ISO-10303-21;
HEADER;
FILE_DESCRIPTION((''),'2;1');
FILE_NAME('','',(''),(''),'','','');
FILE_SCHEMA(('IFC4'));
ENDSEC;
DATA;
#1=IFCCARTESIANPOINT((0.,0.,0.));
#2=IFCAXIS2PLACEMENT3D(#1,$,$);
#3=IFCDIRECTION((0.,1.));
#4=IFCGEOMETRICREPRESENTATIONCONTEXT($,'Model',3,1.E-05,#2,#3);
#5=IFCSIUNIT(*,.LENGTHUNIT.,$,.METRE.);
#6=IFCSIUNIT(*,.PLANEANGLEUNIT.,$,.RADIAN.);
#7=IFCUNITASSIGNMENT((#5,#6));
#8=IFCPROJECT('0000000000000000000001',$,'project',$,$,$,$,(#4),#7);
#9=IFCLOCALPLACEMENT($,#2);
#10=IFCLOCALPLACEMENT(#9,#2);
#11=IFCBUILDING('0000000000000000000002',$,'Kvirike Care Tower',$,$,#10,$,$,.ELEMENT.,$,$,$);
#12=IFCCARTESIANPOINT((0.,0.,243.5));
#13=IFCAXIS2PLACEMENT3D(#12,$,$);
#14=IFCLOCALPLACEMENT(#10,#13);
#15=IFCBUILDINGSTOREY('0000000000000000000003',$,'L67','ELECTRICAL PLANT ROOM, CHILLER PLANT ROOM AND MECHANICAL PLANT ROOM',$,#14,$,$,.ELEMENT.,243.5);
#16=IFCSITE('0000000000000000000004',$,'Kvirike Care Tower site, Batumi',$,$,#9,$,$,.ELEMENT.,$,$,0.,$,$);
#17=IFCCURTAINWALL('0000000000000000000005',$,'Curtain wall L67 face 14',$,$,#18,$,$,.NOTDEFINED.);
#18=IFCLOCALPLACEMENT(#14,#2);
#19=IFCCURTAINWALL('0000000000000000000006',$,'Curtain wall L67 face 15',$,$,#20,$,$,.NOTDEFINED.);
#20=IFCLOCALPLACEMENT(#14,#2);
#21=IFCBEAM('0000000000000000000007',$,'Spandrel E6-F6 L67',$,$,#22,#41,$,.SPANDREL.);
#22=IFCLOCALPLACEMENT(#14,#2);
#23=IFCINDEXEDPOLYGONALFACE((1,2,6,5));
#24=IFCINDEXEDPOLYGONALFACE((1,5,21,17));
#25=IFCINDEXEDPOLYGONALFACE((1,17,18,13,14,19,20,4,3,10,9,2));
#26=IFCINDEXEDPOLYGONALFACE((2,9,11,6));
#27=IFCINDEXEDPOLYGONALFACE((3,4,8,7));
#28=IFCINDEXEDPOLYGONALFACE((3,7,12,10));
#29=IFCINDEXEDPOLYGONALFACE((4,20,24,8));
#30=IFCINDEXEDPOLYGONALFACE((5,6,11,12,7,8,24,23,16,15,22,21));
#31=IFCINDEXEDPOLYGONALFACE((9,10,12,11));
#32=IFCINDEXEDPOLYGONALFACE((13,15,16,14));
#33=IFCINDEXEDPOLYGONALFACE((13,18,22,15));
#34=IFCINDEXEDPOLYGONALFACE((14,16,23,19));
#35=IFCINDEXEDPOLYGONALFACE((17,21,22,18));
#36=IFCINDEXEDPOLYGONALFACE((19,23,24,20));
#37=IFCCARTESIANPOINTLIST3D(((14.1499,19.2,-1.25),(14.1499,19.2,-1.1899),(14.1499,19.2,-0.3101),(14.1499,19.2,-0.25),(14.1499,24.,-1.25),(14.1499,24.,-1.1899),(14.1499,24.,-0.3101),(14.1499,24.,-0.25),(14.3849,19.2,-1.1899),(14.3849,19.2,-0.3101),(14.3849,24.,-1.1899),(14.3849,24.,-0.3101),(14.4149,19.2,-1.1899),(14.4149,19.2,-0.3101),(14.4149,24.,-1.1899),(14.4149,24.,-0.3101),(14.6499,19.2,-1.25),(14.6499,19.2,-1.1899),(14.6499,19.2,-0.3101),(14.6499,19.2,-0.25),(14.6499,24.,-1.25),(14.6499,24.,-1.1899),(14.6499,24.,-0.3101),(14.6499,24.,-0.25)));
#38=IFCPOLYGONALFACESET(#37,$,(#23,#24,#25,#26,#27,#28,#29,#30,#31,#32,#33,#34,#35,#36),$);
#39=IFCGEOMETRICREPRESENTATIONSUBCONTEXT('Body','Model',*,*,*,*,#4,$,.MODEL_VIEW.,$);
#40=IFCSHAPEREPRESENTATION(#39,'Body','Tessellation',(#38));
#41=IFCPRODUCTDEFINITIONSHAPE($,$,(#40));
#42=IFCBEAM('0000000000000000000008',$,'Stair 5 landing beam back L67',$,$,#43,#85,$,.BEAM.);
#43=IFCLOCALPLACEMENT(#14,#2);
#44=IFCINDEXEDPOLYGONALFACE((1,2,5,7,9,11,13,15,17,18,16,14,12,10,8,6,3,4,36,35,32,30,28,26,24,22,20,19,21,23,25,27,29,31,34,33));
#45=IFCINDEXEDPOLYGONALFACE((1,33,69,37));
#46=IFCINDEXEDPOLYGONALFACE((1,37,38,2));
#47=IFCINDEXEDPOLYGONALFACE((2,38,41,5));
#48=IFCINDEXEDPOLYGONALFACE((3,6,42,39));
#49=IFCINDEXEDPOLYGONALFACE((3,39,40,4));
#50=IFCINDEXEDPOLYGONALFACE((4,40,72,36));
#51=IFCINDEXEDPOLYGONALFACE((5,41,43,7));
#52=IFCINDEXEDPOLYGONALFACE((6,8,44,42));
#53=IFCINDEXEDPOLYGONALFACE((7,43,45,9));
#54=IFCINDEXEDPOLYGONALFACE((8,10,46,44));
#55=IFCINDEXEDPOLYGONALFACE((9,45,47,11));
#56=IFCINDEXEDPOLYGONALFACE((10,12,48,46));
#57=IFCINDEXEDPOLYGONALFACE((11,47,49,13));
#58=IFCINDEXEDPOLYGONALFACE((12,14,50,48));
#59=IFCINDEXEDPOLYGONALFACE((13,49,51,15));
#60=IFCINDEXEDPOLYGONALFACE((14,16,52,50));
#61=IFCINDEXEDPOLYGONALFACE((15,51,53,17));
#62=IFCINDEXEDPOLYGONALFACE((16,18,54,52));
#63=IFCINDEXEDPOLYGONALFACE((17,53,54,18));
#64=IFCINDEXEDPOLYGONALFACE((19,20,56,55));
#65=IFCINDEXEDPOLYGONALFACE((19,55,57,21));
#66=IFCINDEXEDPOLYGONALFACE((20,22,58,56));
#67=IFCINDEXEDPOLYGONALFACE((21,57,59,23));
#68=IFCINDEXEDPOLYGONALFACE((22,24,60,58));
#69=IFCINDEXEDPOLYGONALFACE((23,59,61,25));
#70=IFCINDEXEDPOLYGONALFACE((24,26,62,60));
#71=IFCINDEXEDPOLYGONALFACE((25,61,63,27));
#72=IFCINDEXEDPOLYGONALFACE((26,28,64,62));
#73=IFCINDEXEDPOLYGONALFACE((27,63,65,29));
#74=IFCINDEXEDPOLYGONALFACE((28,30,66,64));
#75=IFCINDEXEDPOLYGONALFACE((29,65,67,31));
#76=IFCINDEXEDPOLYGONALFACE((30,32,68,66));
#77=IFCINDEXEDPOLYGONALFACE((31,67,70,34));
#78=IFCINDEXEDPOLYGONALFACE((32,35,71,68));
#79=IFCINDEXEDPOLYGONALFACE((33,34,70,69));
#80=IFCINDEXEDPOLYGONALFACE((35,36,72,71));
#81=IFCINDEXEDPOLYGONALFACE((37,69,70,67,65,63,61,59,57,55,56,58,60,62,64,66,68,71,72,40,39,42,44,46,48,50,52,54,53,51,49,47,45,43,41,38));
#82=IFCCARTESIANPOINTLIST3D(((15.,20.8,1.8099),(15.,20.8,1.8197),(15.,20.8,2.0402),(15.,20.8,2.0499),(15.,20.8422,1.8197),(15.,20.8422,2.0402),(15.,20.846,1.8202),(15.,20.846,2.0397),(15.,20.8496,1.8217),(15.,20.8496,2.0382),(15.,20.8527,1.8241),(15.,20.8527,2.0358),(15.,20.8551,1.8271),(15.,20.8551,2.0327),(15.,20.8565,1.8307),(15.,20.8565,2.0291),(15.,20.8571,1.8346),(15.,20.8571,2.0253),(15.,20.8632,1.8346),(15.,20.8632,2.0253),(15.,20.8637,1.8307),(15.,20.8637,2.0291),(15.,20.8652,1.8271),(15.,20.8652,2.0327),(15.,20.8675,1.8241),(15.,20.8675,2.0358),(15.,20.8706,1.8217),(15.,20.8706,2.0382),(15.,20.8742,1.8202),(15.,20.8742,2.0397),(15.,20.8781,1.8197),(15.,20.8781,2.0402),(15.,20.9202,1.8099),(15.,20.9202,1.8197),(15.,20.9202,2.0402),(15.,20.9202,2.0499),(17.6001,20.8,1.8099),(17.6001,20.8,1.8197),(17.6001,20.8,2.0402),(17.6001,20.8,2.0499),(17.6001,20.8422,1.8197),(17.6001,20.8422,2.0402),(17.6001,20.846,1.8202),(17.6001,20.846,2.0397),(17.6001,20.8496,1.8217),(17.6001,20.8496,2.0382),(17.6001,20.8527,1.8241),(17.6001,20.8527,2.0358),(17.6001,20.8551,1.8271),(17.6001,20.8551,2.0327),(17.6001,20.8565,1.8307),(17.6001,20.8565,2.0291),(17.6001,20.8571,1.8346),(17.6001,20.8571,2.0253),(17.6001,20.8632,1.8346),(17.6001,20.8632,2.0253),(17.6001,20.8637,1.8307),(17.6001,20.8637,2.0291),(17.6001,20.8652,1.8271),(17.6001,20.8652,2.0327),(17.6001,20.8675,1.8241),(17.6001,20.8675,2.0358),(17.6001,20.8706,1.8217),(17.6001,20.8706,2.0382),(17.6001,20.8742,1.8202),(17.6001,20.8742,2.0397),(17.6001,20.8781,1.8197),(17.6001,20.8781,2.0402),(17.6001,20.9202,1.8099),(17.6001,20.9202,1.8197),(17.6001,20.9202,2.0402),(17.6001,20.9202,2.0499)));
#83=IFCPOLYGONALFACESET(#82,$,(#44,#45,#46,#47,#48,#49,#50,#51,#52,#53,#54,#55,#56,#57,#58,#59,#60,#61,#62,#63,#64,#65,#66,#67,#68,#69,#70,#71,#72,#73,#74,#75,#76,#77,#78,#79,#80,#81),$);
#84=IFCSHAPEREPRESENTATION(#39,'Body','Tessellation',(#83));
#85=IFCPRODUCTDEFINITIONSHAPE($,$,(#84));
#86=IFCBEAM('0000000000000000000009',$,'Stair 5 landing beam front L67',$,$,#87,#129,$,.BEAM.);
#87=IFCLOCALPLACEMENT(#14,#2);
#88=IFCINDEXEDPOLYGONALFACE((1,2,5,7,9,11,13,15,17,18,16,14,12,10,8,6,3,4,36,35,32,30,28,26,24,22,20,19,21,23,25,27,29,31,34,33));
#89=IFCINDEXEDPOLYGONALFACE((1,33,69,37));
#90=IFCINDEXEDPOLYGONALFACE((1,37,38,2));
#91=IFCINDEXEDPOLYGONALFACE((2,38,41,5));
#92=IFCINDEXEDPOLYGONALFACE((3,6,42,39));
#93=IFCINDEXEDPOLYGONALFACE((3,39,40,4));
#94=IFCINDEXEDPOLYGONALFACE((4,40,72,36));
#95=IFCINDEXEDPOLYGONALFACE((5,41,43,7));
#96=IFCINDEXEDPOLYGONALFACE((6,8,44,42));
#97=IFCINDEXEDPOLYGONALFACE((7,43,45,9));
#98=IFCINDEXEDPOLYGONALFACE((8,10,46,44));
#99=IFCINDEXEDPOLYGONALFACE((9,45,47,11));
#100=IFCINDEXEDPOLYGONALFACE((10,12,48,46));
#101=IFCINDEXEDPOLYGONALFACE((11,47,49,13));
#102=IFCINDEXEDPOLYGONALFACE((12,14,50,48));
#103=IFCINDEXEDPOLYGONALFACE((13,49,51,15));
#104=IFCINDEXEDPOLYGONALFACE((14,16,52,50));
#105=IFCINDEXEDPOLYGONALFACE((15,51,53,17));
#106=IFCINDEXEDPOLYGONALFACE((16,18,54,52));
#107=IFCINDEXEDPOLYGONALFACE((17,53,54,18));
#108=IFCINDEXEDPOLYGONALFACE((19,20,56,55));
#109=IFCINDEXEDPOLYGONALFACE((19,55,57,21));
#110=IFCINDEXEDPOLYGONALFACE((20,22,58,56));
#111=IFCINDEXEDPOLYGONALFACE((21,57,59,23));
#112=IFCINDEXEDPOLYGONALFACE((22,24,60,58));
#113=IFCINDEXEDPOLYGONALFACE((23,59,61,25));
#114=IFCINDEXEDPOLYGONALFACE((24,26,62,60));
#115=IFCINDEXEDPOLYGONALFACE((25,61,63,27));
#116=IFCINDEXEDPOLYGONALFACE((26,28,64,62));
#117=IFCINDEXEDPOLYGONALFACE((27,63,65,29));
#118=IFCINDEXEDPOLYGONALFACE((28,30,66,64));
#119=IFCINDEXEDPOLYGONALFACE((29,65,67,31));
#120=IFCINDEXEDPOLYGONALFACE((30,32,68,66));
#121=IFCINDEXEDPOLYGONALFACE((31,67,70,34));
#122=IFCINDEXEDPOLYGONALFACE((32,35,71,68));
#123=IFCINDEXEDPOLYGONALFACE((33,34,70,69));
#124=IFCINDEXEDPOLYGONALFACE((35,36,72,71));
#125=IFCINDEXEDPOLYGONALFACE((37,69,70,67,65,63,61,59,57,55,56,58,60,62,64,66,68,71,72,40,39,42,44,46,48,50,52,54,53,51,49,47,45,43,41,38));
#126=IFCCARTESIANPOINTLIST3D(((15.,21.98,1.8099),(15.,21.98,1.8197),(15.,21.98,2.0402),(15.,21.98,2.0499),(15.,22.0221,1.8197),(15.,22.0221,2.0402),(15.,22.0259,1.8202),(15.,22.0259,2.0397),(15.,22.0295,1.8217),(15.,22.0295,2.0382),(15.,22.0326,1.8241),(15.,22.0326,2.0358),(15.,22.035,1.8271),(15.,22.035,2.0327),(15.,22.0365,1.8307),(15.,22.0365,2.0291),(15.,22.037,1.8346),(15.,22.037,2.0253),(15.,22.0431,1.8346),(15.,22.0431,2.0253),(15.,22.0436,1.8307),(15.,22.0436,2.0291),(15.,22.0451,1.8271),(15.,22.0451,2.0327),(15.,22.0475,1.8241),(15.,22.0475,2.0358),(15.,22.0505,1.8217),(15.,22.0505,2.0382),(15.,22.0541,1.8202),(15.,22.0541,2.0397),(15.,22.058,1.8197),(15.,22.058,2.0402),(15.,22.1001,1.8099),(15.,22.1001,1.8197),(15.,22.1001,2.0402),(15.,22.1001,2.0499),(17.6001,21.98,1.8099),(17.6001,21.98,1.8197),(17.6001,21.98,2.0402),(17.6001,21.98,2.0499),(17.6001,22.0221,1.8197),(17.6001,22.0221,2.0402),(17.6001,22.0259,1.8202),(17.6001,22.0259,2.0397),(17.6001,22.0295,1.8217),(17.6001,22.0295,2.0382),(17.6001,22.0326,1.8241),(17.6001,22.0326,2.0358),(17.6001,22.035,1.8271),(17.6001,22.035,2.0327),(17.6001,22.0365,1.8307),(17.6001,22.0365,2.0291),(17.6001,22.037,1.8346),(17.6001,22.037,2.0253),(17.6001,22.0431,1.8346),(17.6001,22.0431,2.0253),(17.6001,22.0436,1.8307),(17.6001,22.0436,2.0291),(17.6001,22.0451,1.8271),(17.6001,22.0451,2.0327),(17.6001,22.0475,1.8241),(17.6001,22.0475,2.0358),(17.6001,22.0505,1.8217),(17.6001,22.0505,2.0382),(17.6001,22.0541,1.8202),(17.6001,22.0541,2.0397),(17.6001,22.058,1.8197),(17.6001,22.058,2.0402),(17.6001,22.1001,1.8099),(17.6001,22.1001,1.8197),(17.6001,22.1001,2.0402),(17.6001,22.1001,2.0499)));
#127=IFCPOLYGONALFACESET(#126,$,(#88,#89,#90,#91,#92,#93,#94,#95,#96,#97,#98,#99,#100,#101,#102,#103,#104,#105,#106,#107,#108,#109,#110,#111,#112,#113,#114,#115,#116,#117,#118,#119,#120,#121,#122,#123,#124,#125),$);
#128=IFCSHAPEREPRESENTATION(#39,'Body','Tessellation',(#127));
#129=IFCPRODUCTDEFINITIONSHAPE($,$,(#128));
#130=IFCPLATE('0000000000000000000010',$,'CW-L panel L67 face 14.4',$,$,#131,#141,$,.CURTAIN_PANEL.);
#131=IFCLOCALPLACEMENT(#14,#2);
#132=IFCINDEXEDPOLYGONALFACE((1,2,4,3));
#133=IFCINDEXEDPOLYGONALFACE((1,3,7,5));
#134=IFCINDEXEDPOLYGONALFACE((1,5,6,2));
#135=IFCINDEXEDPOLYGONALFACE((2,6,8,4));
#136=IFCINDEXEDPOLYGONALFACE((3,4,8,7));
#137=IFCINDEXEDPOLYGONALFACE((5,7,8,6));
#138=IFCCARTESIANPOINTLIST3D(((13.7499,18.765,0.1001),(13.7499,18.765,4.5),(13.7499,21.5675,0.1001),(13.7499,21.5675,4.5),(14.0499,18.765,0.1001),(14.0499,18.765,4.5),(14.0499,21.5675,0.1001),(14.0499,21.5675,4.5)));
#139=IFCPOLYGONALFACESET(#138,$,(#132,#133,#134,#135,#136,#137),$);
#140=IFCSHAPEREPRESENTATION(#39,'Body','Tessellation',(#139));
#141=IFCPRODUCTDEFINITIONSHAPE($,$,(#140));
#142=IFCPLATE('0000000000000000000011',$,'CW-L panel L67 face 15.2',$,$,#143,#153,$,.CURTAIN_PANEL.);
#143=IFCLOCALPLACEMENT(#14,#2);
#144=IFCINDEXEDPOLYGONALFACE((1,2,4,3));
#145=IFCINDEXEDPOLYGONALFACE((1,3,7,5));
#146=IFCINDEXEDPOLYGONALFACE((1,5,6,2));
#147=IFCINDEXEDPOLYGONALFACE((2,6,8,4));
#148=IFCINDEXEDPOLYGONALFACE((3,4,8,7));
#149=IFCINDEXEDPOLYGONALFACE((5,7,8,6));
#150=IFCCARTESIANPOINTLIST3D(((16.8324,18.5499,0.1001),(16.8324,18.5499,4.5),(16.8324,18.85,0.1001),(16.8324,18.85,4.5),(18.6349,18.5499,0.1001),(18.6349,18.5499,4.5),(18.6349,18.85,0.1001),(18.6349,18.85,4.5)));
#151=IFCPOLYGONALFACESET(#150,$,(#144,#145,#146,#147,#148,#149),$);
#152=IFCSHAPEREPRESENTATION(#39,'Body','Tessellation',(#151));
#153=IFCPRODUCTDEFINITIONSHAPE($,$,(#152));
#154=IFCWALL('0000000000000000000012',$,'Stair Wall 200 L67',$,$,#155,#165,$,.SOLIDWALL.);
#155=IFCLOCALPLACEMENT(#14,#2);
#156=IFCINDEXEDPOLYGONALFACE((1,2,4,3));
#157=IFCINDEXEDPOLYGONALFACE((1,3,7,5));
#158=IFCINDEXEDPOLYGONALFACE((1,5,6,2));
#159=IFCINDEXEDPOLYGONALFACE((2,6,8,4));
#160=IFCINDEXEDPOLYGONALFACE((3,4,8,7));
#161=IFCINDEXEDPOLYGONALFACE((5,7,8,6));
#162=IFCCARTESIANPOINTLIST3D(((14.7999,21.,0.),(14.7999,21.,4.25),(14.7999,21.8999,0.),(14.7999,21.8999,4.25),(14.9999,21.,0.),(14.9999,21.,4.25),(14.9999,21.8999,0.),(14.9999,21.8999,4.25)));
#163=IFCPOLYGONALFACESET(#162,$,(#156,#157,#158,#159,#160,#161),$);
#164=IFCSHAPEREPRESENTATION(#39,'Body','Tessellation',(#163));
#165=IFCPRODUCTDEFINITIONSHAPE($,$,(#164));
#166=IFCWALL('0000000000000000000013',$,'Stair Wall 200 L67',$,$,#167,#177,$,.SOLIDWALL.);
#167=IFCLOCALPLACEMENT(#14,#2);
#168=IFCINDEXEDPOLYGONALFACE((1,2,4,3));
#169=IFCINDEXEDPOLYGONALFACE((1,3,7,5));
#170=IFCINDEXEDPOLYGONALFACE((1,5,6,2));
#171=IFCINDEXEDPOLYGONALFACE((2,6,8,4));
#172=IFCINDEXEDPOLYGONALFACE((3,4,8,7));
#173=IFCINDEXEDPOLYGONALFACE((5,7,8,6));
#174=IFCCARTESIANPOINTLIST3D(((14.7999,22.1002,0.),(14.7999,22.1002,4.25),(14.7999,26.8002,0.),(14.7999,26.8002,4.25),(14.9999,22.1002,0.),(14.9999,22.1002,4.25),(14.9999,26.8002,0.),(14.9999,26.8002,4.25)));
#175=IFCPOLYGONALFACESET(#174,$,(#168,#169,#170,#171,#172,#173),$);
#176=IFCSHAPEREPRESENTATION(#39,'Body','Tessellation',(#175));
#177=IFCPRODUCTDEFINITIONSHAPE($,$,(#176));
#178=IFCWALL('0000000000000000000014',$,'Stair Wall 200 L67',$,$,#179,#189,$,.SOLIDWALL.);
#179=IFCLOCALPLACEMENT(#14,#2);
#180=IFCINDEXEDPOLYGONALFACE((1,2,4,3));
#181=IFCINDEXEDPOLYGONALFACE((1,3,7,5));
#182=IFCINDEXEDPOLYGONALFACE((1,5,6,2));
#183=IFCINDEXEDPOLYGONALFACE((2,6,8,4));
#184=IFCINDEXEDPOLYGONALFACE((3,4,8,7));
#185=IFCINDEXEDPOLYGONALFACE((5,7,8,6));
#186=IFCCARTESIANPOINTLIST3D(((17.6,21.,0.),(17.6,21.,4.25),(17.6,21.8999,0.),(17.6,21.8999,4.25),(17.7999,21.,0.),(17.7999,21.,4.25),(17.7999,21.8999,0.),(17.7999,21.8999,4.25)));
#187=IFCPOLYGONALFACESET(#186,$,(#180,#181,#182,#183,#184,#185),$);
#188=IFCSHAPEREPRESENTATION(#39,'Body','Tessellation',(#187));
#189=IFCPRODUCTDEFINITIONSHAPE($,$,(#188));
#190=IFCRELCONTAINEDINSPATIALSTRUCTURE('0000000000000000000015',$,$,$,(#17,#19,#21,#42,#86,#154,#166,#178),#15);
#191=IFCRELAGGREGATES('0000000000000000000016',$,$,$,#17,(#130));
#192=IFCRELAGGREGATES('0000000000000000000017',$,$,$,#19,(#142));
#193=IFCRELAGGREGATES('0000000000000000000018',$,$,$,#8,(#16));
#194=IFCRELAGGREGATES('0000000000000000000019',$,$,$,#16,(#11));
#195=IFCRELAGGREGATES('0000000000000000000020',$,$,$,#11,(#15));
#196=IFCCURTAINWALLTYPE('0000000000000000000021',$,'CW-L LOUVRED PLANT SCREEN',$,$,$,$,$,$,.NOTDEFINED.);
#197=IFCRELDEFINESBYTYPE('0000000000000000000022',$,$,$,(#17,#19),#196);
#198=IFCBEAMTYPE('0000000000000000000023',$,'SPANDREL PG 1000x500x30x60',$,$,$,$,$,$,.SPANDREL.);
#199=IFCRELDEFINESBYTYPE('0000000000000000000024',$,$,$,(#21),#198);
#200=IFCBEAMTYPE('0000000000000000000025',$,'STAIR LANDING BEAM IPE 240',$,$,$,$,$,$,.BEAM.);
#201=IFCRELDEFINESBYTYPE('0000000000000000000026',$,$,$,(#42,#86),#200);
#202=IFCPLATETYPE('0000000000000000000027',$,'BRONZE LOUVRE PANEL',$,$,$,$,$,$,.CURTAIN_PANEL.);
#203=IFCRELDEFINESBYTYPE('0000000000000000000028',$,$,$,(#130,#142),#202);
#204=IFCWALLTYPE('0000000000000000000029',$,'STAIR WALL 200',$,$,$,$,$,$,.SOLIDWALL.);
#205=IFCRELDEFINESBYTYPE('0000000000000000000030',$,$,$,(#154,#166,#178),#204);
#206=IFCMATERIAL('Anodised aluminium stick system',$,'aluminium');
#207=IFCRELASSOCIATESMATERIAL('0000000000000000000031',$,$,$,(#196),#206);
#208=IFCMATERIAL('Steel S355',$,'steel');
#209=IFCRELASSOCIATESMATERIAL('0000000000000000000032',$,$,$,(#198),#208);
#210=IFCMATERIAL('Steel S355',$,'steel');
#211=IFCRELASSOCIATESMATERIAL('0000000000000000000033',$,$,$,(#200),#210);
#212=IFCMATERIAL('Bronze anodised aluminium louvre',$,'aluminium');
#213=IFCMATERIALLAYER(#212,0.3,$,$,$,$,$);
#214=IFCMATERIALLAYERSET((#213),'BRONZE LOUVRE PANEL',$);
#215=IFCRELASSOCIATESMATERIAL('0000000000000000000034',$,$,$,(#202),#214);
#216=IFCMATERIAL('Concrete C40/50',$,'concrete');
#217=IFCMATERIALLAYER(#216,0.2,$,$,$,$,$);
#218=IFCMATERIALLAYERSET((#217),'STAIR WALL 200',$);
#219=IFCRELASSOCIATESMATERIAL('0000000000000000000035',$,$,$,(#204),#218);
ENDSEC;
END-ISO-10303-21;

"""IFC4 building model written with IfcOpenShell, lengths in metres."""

from ifc_helpers import new_model, si_unit, direction, frame, frame_2d, origin, origin_2d, place, context, subcontext, project, spatial, rectangle, i_section, extrude, material, layer, layer_set, material_profile, profile_set, type_object, element, aggregate, save


model = new_model("IFC4")

# Units and contexts
model_context = context("Model", 3, precision=1e-05, world=origin(), true_north=direction((0.0, 1.0)))
body_context = subcontext(model_context, "Body", "Model", "MODEL_VIEW")
ifc_project = project(units=[si_unit("LENGTHUNIT", "METRE"), si_unit("PLANEANGLEUNIT", "RADIAN")], contexts=[model_context])

# Site, building, storey
site_placement = place(None, origin())
site = spatial("IfcSite", under=ifc_project, at=site_placement, Name="Kvirike Care Tower site, Batumi", CompositionType="ELEMENT", RefElevation=0.0)
building_placement = place(site_placement, origin())
building = spatial("IfcBuilding", under=site, at=building_placement, Name="Kvirike Care Tower", CompositionType="ELEMENT")
storey_placement = place(building_placement, frame((0.0, 0.0, 243.5)))
storey = spatial("IfcBuildingStorey", under=building, at=storey_placement, Name="L67", Description="ELECTRICAL PLANT ROOM, CHILLER PLANT ROOM AND MECHANICAL PLANT ROOM", CompositionType="ELEMENT", Elevation=243.5)

# Curtain walls
ifc_material_1 = material(Name="Anodised aluminium stick system", Category="aluminium")
curtain_wall_type = type_object("IfcCurtainWallType", Name="CW-L LOUVRED PLANT SCREEN", PredefinedType="NOTDEFINED", material=ifc_material_1)
curtain_wall_1_placement = place(storey_placement, origin())
curtain_wall_1 = element("IfcCurtainWall", 1, at=curtain_wall_1_placement, inside=storey, type_object=curtain_wall_type, Name="Curtain wall L67 face 14", PredefinedType="NOTDEFINED")
curtain_wall_2_placement = place(storey_placement, origin())
curtain_wall_2 = element("IfcCurtainWall", 2, at=curtain_wall_2_placement, inside=storey, type_object=curtain_wall_type, Name="Curtain wall L67 face 15", PredefinedType="NOTDEFINED")

# Beams
ifc_material_2 = material(Name="Steel S355", Category="steel")
ifc_material_profile_1 = material_profile(ifc_material_2, i_section(OverallWidth=0.5, OverallDepth=1.0, WebThickness=0.03, FlangeThickness=0.0601, at=origin_2d()), Name="PG 1000x500x30x60")
ifc_profile_set_1 = profile_set([ifc_material_profile_1], Name="Steel S355")
beam_type_1 = type_object("IfcBeamType", Name="SPANDREL PG 1000x500x30x60", PredefinedType="SPANDREL", material=ifc_profile_set_1)
for number, where, z_axis, x_axis, name in (
    (3, (14.3999, 19.2, -0.75), (0.0, 1.0, 0.0), (-1.0, 0.0, 0.0), "Spandrel E6-F6 L67"),
):
    element("IfcBeam", number, at=place(storey_placement, frame(where, z_axis=z_axis, x_axis=x_axis)), inside=storey, type_object=beam_type_1, Name=name, PredefinedType="SPANDREL", context=body_context, shape_type="SweptSolid", body=[
        extrude(i_section(OverallWidth=0.5, OverallDepth=1.0, WebThickness=0.03, FlangeThickness=0.0601, at=origin_2d()), origin(), (0.0, 0.0, 1.0), 4.8),
    ])
ifc_material_3 = material(Name="Steel S355", Category="steel")
ifc_material_profile_2 = material_profile(ifc_material_3, i_section(OverallWidth=0.1201, OverallDepth=0.24, WebThickness=0.0061, FlangeThickness=0.0098, FilletRadius=0.0149, at=origin_2d()), Name="IPE 240")
ifc_profile_set_2 = profile_set([ifc_material_profile_2], Name="Steel S355")
beam_type_2 = type_object("IfcBeamType", Name="STAIR LANDING BEAM IPE 240", PredefinedType="BEAM", material=ifc_profile_set_2)
for number, where, z_axis, x_axis, name in (
    (4, (15.0, 20.8601, 1.9299), (1.0, 0.0, 0.0), (0.0, 1.0, 0.0), "Stair 5 landing beam back L67"),
    (5, (15.0, 22.04, 1.9299), (1.0, 0.0, 0.0), (0.0, 1.0, 0.0), "Stair 5 landing beam front L67"),
):
    element("IfcBeam", number, at=place(storey_placement, frame(where, z_axis=z_axis, x_axis=x_axis)), inside=storey, type_object=beam_type_2, Name=name, PredefinedType="BEAM", context=body_context, shape_type="SweptSolid", body=[
        extrude(i_section(OverallWidth=0.1201, OverallDepth=0.24, WebThickness=0.0061, FlangeThickness=0.0098, FilletRadius=0.0149, at=origin_2d()), origin(), (0.0, 0.0, 1.0), 2.6001),
    ])

# Plates
ifc_material_4 = material(Name="Bronze anodised aluminium louvre", Category="aluminium")
ifc_layer_1 = layer(ifc_material_4, 0.3)
ifc_layer_set_1 = layer_set([ifc_layer_1], Name="BRONZE LOUVRE PANEL")
plate_type = type_object("IfcPlateType", Name="BRONZE LOUVRE PANEL", PredefinedType="CURTAIN_PANEL", material=ifc_layer_set_1)
plate_1_placement = place(storey_placement, frame((13.8999, 20.1663, 0.1001), z_axis=(0.0, 0.0, 1.0), x_axis=(0.0, -1.0, 0.0)))
plate_1 = element("IfcPlate", 6, at=plate_1_placement, type_object=plate_type, Name="CW-L panel L67 face 14.4", PredefinedType="CURTAIN_PANEL", context=body_context, shape_type="SweptSolid", body=[
    extrude(rectangle(XDim=2.8025, YDim=0.3, at=origin_2d()), origin(), (0.0, 0.0, 1.0), 4.3999),
])
aggregate(curtain_wall_1, [plate_1])
plate_2_placement = place(storey_placement, frame((17.7336, 18.7, 0.1001), z_axis=(0.0, 0.0, 1.0), x_axis=(1.0, 0.0, 0.0)))
plate_2 = element("IfcPlate", 7, at=plate_2_placement, type_object=plate_type, Name="CW-L panel L67 face 15.2", PredefinedType="CURTAIN_PANEL", context=body_context, shape_type="SweptSolid", body=[
    extrude(rectangle(XDim=1.8025, YDim=0.3, at=origin_2d()), origin(), (0.0, 0.0, 1.0), 4.3999),
])
aggregate(curtain_wall_2, [plate_2])

# Walls
ifc_material_5 = material(Name="Concrete C40/50", Category="concrete")
ifc_layer_2 = layer(ifc_material_5, 0.2)
ifc_layer_set_2 = layer_set([ifc_layer_2], Name="STAIR WALL 200")
wall_type = type_object("IfcWallType", Name="STAIR WALL 200", PredefinedType="SOLIDWALL", material=ifc_layer_set_2)
wall_1_placement = place(storey_placement, frame((14.8999, 21.0, 0.0), z_axis=(0.0, 0.0, 1.0), x_axis=(0.0, 1.0, 0.0)))
element("IfcWall", 8, at=wall_1_placement, inside=storey, type_object=wall_type, Name="Stair Wall 200 L67", PredefinedType="SOLIDWALL", context=body_context, shape_type="SweptSolid", body=[
    extrude(rectangle(XDim=0.8999, YDim=0.2, at=frame_2d((0.45, 0.0))), origin(), (0.0, 0.0, 1.0), 4.25),
])
wall_2_placement = place(storey_placement, frame((14.8999, 22.1001, 0.0), z_axis=(0.0, 0.0, 1.0), x_axis=(0.0, 1.0, 0.0)))
element("IfcWall", 9, at=wall_2_placement, inside=storey, type_object=wall_type, Name="Stair Wall 200 L67", PredefinedType="SOLIDWALL", context=body_context, shape_type="SweptSolid", body=[
    extrude(rectangle(XDim=4.7, YDim=0.2, at=frame_2d((2.3501, 0.0))), origin(), (0.0, 0.0, 1.0), 4.25),
])
wall_3_placement = place(storey_placement, frame((17.7, 21.0, 0.0), z_axis=(0.0, 0.0, 1.0), x_axis=(0.0, 1.0, 0.0)))
element("IfcWall", 10, at=wall_3_placement, inside=storey, type_object=wall_type, Name="Stair Wall 200 L67", PredefinedType="SOLIDWALL", context=body_context, shape_type="SweptSolid", body=[
    extrude(rectangle(XDim=0.8999, YDim=0.2, at=frame_2d((0.45, 0.0))), origin(), (0.0, 0.0, 1.0), 4.25),
])

save(model, "model.ifc")
